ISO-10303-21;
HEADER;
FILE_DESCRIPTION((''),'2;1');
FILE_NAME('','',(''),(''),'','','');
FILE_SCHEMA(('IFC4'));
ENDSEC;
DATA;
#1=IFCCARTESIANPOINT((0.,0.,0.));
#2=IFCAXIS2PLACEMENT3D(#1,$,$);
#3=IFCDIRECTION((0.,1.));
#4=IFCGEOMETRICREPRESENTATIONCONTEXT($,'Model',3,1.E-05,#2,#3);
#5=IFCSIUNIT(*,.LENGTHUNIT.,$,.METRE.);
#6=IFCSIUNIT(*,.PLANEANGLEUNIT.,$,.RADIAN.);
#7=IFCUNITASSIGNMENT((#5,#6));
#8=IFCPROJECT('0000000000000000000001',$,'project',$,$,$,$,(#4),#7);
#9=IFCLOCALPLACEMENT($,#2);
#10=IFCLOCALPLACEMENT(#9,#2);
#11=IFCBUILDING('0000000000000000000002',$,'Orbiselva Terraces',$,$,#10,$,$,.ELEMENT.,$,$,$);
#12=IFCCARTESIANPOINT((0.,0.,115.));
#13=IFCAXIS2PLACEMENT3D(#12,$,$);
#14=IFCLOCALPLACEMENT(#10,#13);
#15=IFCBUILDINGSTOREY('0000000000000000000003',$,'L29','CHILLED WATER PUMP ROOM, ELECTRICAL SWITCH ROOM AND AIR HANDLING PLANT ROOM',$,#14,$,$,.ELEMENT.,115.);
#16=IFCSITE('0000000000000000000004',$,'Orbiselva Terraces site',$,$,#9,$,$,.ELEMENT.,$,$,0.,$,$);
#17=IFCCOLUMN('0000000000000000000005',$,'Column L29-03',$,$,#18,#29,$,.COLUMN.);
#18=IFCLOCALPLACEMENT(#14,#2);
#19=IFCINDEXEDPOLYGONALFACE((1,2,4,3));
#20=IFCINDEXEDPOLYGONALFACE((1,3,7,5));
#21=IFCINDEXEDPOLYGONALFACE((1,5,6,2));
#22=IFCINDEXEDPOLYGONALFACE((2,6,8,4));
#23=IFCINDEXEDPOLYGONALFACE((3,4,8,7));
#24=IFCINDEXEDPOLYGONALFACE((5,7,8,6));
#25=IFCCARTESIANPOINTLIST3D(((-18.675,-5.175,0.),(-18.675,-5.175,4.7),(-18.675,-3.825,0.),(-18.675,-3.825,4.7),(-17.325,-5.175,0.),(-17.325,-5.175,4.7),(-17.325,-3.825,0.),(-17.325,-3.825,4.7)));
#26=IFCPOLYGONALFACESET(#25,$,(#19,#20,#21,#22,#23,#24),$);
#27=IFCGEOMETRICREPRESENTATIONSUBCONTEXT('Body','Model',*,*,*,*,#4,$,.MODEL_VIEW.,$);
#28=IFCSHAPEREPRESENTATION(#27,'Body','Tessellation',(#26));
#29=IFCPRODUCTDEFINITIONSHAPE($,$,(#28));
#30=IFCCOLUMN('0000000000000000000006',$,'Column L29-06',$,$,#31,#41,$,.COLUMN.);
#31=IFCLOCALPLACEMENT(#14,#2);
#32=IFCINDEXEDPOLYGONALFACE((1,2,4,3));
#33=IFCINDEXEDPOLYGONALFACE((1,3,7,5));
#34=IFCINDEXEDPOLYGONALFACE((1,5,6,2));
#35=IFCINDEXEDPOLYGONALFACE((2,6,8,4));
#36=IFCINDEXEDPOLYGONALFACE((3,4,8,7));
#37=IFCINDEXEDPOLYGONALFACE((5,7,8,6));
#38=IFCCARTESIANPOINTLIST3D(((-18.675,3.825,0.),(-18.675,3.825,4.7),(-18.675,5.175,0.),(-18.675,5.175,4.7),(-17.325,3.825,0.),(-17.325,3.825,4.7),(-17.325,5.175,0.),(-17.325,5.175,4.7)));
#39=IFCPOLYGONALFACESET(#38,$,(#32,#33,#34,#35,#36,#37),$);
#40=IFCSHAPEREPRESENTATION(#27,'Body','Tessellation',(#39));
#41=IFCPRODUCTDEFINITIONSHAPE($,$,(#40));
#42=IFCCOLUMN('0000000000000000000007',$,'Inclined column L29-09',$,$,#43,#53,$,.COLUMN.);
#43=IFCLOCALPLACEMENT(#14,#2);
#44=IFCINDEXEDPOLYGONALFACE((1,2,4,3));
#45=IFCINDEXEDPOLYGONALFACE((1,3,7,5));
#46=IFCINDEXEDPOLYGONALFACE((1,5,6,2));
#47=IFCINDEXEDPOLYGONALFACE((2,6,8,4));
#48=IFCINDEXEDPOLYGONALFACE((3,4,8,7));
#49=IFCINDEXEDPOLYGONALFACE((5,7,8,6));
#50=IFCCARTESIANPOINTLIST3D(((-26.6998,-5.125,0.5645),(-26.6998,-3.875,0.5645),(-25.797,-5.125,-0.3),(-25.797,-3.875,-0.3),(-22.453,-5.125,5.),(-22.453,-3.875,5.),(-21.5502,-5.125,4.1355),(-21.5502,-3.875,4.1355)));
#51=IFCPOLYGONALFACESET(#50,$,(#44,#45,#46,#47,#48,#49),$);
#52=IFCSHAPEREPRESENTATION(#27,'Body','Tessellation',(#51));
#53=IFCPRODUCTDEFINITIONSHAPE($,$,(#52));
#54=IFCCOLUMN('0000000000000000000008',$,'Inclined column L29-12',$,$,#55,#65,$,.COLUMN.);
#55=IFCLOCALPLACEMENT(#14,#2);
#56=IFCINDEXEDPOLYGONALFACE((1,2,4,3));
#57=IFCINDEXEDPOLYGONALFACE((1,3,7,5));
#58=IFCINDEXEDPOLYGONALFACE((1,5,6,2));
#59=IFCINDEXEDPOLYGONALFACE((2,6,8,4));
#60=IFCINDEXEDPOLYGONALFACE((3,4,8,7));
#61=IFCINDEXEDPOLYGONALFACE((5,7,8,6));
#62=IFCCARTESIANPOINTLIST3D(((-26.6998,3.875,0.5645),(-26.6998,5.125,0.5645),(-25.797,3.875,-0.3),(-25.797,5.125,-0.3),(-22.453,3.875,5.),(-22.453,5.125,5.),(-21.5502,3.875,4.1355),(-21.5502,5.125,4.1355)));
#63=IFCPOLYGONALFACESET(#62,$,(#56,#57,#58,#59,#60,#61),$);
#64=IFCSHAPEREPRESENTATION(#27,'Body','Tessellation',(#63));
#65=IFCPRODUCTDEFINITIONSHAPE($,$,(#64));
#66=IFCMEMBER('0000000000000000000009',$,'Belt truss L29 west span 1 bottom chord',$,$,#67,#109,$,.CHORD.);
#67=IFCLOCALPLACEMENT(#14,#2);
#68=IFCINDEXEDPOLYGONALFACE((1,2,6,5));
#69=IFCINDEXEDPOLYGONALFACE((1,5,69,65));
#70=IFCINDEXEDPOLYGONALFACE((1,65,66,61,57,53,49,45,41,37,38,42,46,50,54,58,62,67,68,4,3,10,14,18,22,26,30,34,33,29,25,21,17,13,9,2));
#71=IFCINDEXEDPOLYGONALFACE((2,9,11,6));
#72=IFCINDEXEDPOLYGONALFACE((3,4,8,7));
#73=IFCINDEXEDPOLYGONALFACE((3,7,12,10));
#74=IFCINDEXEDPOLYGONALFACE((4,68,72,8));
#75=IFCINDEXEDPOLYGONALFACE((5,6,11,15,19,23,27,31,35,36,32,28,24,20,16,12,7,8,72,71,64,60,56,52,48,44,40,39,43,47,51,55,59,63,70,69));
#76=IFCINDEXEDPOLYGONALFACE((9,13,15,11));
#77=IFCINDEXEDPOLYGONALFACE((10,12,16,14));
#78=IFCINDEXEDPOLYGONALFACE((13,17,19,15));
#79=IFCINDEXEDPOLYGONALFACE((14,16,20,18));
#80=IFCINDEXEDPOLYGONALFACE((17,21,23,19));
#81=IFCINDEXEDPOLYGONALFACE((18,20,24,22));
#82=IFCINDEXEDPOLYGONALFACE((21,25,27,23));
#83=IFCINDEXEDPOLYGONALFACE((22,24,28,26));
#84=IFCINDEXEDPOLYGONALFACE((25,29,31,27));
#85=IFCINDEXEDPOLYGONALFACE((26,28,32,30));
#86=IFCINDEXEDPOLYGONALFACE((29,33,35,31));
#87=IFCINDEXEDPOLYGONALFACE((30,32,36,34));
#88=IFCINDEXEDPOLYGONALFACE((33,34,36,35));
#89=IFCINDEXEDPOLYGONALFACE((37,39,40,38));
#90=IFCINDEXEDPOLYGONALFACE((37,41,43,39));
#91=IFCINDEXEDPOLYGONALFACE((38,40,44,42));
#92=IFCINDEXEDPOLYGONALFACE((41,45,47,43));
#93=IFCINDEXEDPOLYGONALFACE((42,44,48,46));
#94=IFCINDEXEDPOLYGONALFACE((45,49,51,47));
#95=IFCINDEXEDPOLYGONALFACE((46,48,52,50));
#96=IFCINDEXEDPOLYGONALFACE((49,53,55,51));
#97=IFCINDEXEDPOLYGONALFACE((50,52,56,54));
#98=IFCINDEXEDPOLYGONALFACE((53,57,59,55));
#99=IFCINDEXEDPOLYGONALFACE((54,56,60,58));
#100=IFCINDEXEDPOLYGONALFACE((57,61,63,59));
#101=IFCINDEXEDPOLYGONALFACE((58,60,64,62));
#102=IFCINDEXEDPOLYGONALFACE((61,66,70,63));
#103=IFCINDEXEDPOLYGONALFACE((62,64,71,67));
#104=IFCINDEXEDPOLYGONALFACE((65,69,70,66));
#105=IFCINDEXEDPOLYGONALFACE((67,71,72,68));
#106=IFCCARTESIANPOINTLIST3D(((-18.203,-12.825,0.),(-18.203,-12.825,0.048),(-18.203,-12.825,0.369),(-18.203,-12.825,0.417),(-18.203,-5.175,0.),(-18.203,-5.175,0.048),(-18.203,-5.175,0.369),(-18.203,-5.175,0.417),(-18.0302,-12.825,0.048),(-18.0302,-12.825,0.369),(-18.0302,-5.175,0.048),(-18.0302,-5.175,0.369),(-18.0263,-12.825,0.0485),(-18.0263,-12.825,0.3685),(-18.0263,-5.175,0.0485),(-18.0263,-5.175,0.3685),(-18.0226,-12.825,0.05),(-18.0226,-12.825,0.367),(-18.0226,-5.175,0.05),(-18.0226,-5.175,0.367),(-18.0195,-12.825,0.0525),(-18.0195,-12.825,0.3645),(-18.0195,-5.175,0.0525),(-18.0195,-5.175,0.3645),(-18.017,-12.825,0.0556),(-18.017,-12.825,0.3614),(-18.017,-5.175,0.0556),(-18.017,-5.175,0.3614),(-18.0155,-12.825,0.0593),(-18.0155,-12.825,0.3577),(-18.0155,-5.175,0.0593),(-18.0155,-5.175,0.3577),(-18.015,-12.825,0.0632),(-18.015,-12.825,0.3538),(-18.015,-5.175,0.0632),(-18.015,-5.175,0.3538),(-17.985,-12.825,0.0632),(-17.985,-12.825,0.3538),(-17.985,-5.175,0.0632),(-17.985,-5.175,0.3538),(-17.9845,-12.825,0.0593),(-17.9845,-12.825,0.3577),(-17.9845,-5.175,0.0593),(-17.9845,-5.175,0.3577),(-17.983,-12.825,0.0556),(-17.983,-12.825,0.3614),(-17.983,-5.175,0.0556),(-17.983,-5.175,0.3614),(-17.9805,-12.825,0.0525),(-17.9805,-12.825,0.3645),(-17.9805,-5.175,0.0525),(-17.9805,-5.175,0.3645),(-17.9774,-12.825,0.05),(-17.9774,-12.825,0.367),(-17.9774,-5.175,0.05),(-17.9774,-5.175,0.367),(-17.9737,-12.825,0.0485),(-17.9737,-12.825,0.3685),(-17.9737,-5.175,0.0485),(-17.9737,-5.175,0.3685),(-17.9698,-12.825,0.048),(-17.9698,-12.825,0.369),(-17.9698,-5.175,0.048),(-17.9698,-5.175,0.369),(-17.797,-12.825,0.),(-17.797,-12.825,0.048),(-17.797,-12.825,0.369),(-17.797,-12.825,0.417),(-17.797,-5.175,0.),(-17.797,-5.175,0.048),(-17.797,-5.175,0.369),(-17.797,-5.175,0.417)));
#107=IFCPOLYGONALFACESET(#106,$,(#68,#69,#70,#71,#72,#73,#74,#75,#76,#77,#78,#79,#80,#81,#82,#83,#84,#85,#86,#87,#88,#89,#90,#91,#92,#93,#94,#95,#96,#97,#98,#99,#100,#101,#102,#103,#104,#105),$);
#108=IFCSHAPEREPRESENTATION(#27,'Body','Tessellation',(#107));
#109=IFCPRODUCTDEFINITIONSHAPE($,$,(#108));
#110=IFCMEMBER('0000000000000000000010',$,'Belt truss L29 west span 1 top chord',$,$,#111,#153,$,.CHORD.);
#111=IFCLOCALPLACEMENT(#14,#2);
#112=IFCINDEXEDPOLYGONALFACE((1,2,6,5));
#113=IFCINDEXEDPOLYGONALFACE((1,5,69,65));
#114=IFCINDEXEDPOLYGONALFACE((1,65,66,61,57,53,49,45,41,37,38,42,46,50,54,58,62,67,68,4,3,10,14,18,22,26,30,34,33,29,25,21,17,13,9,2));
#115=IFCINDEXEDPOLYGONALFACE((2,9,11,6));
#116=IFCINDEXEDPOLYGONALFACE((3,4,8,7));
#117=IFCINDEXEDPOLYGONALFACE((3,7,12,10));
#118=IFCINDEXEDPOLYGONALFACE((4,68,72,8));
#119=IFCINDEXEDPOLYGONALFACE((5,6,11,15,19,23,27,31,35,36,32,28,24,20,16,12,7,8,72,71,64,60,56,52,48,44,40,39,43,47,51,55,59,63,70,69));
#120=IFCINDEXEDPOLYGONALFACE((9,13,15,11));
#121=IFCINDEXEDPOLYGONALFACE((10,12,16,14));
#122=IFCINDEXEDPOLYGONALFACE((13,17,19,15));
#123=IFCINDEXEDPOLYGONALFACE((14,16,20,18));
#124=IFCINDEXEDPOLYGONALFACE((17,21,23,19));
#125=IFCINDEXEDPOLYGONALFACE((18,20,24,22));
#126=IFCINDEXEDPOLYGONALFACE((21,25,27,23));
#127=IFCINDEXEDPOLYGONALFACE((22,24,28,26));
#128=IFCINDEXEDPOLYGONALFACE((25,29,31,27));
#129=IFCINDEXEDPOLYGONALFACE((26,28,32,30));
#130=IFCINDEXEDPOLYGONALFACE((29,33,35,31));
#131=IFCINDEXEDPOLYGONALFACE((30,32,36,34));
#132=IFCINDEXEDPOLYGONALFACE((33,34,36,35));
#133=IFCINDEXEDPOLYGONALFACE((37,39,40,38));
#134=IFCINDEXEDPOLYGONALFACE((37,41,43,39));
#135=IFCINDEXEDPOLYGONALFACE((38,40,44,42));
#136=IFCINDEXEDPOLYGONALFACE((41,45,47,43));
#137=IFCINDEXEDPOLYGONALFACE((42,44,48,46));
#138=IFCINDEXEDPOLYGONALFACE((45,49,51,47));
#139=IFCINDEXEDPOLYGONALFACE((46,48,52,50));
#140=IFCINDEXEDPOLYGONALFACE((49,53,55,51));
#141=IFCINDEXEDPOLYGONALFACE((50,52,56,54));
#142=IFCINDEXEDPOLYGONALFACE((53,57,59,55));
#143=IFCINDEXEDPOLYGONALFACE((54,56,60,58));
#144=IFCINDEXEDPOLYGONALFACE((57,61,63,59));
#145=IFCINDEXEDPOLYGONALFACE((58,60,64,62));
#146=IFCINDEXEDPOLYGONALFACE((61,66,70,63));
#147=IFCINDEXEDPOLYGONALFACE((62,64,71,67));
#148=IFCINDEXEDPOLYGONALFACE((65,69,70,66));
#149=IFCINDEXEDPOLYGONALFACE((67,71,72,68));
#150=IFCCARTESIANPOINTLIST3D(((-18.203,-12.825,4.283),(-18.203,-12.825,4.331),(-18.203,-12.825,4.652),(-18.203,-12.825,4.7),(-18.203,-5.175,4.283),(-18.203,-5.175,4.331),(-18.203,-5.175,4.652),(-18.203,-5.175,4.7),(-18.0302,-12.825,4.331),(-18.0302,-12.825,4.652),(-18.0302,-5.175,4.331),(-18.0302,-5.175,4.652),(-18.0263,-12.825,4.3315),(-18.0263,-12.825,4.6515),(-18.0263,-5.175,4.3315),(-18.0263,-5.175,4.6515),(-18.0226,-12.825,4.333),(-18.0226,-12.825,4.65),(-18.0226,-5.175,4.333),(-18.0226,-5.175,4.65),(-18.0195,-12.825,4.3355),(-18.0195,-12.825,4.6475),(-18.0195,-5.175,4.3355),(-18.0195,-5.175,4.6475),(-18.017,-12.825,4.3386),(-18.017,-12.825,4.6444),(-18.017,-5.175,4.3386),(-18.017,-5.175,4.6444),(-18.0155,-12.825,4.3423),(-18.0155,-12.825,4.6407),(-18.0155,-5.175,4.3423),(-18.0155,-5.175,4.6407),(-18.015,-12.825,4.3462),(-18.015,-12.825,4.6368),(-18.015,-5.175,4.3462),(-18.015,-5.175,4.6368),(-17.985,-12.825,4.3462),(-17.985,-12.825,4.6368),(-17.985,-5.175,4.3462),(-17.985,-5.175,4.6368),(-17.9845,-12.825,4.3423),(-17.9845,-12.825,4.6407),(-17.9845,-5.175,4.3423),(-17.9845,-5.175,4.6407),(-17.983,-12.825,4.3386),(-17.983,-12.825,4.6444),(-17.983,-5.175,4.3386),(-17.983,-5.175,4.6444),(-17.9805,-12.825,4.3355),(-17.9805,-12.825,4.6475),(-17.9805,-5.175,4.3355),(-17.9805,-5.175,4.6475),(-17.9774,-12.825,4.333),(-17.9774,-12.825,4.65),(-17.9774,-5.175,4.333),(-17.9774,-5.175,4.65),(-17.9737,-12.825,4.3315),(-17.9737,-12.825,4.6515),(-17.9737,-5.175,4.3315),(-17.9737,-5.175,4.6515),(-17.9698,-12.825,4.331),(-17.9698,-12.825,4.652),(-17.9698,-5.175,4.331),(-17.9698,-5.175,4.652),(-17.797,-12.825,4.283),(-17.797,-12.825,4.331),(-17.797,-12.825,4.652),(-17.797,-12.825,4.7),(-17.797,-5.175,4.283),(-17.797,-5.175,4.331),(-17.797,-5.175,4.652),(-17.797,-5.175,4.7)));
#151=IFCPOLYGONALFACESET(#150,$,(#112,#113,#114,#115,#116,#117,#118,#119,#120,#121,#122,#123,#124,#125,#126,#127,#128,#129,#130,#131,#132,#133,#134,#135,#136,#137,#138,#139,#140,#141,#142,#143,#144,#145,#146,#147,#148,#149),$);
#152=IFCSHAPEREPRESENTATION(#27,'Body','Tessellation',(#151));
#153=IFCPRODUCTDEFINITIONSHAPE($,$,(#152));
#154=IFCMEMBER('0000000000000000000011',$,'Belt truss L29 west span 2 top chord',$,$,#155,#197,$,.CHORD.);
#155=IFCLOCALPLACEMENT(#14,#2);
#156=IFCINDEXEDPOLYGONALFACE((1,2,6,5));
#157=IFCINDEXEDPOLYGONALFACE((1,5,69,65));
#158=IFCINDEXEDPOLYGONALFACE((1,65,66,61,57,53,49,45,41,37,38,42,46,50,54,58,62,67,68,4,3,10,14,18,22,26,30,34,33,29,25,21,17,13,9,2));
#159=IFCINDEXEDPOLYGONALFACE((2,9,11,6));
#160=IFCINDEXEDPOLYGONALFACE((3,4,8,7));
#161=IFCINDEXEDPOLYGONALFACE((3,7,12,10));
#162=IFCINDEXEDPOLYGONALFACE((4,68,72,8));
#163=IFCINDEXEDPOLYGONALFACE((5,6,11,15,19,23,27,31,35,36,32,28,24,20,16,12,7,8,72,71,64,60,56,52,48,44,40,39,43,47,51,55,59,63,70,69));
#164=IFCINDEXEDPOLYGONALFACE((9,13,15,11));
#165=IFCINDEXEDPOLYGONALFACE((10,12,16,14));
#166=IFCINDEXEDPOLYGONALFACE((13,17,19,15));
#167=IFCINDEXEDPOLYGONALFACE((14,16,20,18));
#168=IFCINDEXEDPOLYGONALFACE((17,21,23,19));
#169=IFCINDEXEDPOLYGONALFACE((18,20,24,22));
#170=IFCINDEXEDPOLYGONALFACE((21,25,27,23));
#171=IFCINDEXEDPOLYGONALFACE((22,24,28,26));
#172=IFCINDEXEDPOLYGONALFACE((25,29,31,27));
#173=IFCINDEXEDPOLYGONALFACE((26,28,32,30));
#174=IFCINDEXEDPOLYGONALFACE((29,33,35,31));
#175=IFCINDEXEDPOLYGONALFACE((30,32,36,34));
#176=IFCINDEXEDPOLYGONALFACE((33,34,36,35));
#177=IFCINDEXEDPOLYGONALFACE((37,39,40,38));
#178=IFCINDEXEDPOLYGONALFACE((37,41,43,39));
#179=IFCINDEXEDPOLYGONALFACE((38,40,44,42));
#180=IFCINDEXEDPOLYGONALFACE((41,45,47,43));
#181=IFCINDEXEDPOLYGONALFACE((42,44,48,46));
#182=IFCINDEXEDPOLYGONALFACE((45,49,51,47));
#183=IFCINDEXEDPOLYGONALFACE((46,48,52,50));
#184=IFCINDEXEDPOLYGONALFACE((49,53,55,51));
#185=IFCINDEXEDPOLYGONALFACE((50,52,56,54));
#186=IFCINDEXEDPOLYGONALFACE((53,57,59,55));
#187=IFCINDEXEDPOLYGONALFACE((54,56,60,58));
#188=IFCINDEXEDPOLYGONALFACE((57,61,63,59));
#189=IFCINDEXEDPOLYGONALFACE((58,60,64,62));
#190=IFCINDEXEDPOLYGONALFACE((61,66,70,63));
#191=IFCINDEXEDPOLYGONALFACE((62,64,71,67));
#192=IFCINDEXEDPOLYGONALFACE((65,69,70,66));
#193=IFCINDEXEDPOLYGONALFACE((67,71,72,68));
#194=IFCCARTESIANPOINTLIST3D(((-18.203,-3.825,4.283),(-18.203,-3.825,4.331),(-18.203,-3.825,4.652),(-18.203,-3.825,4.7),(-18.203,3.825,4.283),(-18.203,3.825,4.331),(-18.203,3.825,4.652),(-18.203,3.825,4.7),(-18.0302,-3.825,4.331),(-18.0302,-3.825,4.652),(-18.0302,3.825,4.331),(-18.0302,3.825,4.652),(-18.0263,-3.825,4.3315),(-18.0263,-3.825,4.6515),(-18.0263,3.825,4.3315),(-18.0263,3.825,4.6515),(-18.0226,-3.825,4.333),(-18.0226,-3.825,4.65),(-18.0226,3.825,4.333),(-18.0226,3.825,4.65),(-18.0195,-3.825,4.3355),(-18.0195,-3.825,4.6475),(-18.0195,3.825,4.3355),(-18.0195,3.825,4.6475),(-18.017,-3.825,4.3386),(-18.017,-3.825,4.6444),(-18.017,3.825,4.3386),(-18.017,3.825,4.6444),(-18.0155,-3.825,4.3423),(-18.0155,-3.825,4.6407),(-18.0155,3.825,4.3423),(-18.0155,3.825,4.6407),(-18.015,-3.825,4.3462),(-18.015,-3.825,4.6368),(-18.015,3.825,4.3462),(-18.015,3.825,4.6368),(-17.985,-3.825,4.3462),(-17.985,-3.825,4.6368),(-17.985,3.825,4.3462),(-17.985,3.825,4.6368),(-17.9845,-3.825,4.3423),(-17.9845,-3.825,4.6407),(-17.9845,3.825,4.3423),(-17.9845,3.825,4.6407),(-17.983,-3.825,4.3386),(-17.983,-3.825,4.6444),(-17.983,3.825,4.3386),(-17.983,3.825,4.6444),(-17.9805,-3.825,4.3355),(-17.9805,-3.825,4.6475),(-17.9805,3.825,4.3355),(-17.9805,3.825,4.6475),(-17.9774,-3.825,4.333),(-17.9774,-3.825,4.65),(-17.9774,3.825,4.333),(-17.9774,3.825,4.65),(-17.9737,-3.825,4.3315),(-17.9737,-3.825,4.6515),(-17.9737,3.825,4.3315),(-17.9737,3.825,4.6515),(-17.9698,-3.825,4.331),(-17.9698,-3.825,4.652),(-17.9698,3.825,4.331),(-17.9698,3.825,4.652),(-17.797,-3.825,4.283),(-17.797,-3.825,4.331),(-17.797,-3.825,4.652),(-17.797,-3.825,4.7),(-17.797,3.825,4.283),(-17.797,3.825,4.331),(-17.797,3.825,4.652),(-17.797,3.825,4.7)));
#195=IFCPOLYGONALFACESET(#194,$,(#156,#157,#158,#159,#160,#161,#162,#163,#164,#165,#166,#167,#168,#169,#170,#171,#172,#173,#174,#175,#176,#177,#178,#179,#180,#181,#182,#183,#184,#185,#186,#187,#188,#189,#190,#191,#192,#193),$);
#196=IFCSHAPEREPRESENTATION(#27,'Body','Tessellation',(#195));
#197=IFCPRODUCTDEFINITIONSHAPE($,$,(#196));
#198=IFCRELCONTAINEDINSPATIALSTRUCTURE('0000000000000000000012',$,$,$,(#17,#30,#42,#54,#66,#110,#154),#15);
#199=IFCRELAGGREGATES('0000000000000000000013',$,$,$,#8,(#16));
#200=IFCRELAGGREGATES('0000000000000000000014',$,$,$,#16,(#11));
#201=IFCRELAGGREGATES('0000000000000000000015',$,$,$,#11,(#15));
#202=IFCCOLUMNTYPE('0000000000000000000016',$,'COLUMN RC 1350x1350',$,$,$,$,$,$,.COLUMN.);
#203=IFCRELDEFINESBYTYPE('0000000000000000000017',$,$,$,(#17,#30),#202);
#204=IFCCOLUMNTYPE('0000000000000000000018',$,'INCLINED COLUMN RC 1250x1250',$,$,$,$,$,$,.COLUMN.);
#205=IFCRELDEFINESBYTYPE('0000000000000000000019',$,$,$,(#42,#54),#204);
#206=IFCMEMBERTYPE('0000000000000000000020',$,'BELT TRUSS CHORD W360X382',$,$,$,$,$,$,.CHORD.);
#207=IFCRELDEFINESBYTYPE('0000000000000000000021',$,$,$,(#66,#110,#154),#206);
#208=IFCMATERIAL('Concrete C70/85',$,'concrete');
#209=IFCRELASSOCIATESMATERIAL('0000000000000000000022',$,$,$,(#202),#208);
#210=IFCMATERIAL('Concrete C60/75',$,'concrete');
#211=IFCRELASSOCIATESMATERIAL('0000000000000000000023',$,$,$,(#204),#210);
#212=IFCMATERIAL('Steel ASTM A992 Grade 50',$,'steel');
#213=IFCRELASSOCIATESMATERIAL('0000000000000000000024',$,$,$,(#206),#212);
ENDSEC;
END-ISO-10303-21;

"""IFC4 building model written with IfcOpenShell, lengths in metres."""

from ifc_helpers import new_model, si_unit, direction, frame, origin, origin_2d, place, context, subcontext, project, spatial, rectangle, i_section, extrude, material, material_profile, profile_set, type_object, element, save


model = new_model("IFC4")

# Units and contexts
model_context = context("Model", 3, precision=1e-05, world=origin(), true_north=direction((0.0, 1.0)))
body_context = subcontext(model_context, "Body", "Model", "MODEL_VIEW")
ifc_project = project(units=[si_unit("LENGTHUNIT", "METRE"), si_unit("PLANEANGLEUNIT", "RADIAN")], contexts=[model_context])

# Site, building, storey
site_placement = place(None, origin())
site = spatial("IfcSite", under=ifc_project, at=site_placement, Name="Orbiselva Terraces site", CompositionType="ELEMENT", RefElevation=0.0)
building_placement = place(site_placement, origin())
building = spatial("IfcBuilding", under=site, at=building_placement, Name="Orbiselva Terraces", CompositionType="ELEMENT")
storey_placement = place(building_placement, frame((0.0, 0.0, 115.0)))
storey = spatial("IfcBuildingStorey", under=building, at=storey_placement, Name="L29", Description="CHILLED WATER PUMP ROOM, ELECTRICAL SWITCH ROOM AND AIR HANDLING PLANT ROOM", CompositionType="ELEMENT", Elevation=115.0)

# Columns
ifc_material_1 = material(Name="Concrete C70/85", Category="concrete")
ifc_material_profile_1 = material_profile(ifc_material_1, rectangle(XDim=1.35, YDim=1.35, at=origin_2d()), Name="RC 1350x1350")
ifc_profile_set_1 = profile_set([ifc_material_profile_1], Name="Concrete C70/85")
column_type_1 = type_object("IfcColumnType", Name="COLUMN RC 1350x1350", PredefinedType="COLUMN", material=ifc_profile_set_1)
for number, where, z_axis, x_axis, name in (
    (1, (-18.0, -4.5, 0.0), (0.0, 0.0, 1.0), (1.0, 0.0, 0.0), "Column L29-03"),
    (2, (-18.0, 4.5, 0.0), (0.0, 0.0, 1.0), (1.0, 0.0, 0.0), "Column L29-06"),
):
    element("IfcColumn", number, at=place(storey_placement, frame(where, z_axis=z_axis, x_axis=x_axis)), inside=storey, type_object=column_type_1, Name=name, PredefinedType="COLUMN", context=body_context, shape_type="SweptSolid", body=[
        extrude(rectangle(XDim=1.35, YDim=1.35, at=origin_2d()), origin(), (0.0, 0.0, 1.0), 4.7),
    ])
ifc_material_2 = material(Name="Concrete C60/75", Category="concrete")
ifc_material_profile_2 = material_profile(ifc_material_2, rectangle(XDim=1.25, YDim=1.25, at=origin_2d()), Name="RC 1250x1250")
ifc_profile_set_2 = profile_set([ifc_material_profile_2], Name="Concrete C60/75")
column_type_2 = type_object("IfcColumnType", Name="INCLINED COLUMN RC 1250x1250", PredefinedType="COLUMN", material=ifc_profile_set_2)
for number, where, z_axis, x_axis, name in (
    (3, (-26.2484, -4.5, 0.1322), (0.691572, 0.0, 0.722308), (0.0, 1.0, 0.0), "Inclined column L29-09"),
    (4, (-26.2484, 4.5, 0.1322), (0.691572, 0.0, 0.722308), (0.0, 1.0, 0.0), "Inclined column L29-12"),
):
    element("IfcColumn", number, at=place(storey_placement, frame(where, z_axis=z_axis, x_axis=x_axis)), inside=storey, type_object=column_type_2, Name=name, PredefinedType="COLUMN", context=body_context, shape_type="SweptSolid", body=[
        extrude(rectangle(XDim=1.25, YDim=1.25, at=origin_2d()), origin(), (0.0, 0.0, 1.0), 6.1408),
    ])

# Members
ifc_material_3 = material(Name="Steel ASTM A992 Grade 50", Category="steel")
ifc_material_profile_3 = material_profile(ifc_material_3, i_section(OverallWidth=0.406, OverallDepth=0.417, WebThickness=0.03, FlangeThickness=0.048, FilletRadius=0.0152, at=origin_2d()), Name="W360X382")
ifc_profile_set_3 = profile_set([ifc_material_profile_3], Name="Steel ASTM A992 Grade 50")
member_type_1 = type_object("IfcMemberType", Name="BELT TRUSS CHORD W360X382", PredefinedType="CHORD", material=ifc_profile_set_3)
for number, where, z_axis, x_axis, name in (
    (5, (-18.0, -12.825, 0.2085), (0.0, 1.0, 0.0), (-1.0, 0.0, 0.0), "Belt truss L29 west span 1 bottom chord"),
    (6, (-18.0, -12.825, 4.4915), (0.0, 1.0, 0.0), (-1.0, 0.0, 0.0), "Belt truss L29 west span 1 top chord"),
    (7, (-18.0, -3.825, 4.4915), (0.0, 1.0, 0.0), (-1.0, 0.0, 0.0), "Belt truss L29 west span 2 top chord"),
):
    element("IfcMember", number, at=place(storey_placement, frame(where, z_axis=z_axis, x_axis=x_axis)), inside=storey, type_object=member_type_1, Name=name, PredefinedType="CHORD", context=body_context, shape_type="SweptSolid", body=[
        extrude(i_section(OverallWidth=0.406, OverallDepth=0.417, WebThickness=0.03, FlangeThickness=0.048, FilletRadius=0.0152, at=origin_2d()), origin(), (0.0, 0.0, 1.0), 7.65),
    ])

save(model, "model.ifc")
